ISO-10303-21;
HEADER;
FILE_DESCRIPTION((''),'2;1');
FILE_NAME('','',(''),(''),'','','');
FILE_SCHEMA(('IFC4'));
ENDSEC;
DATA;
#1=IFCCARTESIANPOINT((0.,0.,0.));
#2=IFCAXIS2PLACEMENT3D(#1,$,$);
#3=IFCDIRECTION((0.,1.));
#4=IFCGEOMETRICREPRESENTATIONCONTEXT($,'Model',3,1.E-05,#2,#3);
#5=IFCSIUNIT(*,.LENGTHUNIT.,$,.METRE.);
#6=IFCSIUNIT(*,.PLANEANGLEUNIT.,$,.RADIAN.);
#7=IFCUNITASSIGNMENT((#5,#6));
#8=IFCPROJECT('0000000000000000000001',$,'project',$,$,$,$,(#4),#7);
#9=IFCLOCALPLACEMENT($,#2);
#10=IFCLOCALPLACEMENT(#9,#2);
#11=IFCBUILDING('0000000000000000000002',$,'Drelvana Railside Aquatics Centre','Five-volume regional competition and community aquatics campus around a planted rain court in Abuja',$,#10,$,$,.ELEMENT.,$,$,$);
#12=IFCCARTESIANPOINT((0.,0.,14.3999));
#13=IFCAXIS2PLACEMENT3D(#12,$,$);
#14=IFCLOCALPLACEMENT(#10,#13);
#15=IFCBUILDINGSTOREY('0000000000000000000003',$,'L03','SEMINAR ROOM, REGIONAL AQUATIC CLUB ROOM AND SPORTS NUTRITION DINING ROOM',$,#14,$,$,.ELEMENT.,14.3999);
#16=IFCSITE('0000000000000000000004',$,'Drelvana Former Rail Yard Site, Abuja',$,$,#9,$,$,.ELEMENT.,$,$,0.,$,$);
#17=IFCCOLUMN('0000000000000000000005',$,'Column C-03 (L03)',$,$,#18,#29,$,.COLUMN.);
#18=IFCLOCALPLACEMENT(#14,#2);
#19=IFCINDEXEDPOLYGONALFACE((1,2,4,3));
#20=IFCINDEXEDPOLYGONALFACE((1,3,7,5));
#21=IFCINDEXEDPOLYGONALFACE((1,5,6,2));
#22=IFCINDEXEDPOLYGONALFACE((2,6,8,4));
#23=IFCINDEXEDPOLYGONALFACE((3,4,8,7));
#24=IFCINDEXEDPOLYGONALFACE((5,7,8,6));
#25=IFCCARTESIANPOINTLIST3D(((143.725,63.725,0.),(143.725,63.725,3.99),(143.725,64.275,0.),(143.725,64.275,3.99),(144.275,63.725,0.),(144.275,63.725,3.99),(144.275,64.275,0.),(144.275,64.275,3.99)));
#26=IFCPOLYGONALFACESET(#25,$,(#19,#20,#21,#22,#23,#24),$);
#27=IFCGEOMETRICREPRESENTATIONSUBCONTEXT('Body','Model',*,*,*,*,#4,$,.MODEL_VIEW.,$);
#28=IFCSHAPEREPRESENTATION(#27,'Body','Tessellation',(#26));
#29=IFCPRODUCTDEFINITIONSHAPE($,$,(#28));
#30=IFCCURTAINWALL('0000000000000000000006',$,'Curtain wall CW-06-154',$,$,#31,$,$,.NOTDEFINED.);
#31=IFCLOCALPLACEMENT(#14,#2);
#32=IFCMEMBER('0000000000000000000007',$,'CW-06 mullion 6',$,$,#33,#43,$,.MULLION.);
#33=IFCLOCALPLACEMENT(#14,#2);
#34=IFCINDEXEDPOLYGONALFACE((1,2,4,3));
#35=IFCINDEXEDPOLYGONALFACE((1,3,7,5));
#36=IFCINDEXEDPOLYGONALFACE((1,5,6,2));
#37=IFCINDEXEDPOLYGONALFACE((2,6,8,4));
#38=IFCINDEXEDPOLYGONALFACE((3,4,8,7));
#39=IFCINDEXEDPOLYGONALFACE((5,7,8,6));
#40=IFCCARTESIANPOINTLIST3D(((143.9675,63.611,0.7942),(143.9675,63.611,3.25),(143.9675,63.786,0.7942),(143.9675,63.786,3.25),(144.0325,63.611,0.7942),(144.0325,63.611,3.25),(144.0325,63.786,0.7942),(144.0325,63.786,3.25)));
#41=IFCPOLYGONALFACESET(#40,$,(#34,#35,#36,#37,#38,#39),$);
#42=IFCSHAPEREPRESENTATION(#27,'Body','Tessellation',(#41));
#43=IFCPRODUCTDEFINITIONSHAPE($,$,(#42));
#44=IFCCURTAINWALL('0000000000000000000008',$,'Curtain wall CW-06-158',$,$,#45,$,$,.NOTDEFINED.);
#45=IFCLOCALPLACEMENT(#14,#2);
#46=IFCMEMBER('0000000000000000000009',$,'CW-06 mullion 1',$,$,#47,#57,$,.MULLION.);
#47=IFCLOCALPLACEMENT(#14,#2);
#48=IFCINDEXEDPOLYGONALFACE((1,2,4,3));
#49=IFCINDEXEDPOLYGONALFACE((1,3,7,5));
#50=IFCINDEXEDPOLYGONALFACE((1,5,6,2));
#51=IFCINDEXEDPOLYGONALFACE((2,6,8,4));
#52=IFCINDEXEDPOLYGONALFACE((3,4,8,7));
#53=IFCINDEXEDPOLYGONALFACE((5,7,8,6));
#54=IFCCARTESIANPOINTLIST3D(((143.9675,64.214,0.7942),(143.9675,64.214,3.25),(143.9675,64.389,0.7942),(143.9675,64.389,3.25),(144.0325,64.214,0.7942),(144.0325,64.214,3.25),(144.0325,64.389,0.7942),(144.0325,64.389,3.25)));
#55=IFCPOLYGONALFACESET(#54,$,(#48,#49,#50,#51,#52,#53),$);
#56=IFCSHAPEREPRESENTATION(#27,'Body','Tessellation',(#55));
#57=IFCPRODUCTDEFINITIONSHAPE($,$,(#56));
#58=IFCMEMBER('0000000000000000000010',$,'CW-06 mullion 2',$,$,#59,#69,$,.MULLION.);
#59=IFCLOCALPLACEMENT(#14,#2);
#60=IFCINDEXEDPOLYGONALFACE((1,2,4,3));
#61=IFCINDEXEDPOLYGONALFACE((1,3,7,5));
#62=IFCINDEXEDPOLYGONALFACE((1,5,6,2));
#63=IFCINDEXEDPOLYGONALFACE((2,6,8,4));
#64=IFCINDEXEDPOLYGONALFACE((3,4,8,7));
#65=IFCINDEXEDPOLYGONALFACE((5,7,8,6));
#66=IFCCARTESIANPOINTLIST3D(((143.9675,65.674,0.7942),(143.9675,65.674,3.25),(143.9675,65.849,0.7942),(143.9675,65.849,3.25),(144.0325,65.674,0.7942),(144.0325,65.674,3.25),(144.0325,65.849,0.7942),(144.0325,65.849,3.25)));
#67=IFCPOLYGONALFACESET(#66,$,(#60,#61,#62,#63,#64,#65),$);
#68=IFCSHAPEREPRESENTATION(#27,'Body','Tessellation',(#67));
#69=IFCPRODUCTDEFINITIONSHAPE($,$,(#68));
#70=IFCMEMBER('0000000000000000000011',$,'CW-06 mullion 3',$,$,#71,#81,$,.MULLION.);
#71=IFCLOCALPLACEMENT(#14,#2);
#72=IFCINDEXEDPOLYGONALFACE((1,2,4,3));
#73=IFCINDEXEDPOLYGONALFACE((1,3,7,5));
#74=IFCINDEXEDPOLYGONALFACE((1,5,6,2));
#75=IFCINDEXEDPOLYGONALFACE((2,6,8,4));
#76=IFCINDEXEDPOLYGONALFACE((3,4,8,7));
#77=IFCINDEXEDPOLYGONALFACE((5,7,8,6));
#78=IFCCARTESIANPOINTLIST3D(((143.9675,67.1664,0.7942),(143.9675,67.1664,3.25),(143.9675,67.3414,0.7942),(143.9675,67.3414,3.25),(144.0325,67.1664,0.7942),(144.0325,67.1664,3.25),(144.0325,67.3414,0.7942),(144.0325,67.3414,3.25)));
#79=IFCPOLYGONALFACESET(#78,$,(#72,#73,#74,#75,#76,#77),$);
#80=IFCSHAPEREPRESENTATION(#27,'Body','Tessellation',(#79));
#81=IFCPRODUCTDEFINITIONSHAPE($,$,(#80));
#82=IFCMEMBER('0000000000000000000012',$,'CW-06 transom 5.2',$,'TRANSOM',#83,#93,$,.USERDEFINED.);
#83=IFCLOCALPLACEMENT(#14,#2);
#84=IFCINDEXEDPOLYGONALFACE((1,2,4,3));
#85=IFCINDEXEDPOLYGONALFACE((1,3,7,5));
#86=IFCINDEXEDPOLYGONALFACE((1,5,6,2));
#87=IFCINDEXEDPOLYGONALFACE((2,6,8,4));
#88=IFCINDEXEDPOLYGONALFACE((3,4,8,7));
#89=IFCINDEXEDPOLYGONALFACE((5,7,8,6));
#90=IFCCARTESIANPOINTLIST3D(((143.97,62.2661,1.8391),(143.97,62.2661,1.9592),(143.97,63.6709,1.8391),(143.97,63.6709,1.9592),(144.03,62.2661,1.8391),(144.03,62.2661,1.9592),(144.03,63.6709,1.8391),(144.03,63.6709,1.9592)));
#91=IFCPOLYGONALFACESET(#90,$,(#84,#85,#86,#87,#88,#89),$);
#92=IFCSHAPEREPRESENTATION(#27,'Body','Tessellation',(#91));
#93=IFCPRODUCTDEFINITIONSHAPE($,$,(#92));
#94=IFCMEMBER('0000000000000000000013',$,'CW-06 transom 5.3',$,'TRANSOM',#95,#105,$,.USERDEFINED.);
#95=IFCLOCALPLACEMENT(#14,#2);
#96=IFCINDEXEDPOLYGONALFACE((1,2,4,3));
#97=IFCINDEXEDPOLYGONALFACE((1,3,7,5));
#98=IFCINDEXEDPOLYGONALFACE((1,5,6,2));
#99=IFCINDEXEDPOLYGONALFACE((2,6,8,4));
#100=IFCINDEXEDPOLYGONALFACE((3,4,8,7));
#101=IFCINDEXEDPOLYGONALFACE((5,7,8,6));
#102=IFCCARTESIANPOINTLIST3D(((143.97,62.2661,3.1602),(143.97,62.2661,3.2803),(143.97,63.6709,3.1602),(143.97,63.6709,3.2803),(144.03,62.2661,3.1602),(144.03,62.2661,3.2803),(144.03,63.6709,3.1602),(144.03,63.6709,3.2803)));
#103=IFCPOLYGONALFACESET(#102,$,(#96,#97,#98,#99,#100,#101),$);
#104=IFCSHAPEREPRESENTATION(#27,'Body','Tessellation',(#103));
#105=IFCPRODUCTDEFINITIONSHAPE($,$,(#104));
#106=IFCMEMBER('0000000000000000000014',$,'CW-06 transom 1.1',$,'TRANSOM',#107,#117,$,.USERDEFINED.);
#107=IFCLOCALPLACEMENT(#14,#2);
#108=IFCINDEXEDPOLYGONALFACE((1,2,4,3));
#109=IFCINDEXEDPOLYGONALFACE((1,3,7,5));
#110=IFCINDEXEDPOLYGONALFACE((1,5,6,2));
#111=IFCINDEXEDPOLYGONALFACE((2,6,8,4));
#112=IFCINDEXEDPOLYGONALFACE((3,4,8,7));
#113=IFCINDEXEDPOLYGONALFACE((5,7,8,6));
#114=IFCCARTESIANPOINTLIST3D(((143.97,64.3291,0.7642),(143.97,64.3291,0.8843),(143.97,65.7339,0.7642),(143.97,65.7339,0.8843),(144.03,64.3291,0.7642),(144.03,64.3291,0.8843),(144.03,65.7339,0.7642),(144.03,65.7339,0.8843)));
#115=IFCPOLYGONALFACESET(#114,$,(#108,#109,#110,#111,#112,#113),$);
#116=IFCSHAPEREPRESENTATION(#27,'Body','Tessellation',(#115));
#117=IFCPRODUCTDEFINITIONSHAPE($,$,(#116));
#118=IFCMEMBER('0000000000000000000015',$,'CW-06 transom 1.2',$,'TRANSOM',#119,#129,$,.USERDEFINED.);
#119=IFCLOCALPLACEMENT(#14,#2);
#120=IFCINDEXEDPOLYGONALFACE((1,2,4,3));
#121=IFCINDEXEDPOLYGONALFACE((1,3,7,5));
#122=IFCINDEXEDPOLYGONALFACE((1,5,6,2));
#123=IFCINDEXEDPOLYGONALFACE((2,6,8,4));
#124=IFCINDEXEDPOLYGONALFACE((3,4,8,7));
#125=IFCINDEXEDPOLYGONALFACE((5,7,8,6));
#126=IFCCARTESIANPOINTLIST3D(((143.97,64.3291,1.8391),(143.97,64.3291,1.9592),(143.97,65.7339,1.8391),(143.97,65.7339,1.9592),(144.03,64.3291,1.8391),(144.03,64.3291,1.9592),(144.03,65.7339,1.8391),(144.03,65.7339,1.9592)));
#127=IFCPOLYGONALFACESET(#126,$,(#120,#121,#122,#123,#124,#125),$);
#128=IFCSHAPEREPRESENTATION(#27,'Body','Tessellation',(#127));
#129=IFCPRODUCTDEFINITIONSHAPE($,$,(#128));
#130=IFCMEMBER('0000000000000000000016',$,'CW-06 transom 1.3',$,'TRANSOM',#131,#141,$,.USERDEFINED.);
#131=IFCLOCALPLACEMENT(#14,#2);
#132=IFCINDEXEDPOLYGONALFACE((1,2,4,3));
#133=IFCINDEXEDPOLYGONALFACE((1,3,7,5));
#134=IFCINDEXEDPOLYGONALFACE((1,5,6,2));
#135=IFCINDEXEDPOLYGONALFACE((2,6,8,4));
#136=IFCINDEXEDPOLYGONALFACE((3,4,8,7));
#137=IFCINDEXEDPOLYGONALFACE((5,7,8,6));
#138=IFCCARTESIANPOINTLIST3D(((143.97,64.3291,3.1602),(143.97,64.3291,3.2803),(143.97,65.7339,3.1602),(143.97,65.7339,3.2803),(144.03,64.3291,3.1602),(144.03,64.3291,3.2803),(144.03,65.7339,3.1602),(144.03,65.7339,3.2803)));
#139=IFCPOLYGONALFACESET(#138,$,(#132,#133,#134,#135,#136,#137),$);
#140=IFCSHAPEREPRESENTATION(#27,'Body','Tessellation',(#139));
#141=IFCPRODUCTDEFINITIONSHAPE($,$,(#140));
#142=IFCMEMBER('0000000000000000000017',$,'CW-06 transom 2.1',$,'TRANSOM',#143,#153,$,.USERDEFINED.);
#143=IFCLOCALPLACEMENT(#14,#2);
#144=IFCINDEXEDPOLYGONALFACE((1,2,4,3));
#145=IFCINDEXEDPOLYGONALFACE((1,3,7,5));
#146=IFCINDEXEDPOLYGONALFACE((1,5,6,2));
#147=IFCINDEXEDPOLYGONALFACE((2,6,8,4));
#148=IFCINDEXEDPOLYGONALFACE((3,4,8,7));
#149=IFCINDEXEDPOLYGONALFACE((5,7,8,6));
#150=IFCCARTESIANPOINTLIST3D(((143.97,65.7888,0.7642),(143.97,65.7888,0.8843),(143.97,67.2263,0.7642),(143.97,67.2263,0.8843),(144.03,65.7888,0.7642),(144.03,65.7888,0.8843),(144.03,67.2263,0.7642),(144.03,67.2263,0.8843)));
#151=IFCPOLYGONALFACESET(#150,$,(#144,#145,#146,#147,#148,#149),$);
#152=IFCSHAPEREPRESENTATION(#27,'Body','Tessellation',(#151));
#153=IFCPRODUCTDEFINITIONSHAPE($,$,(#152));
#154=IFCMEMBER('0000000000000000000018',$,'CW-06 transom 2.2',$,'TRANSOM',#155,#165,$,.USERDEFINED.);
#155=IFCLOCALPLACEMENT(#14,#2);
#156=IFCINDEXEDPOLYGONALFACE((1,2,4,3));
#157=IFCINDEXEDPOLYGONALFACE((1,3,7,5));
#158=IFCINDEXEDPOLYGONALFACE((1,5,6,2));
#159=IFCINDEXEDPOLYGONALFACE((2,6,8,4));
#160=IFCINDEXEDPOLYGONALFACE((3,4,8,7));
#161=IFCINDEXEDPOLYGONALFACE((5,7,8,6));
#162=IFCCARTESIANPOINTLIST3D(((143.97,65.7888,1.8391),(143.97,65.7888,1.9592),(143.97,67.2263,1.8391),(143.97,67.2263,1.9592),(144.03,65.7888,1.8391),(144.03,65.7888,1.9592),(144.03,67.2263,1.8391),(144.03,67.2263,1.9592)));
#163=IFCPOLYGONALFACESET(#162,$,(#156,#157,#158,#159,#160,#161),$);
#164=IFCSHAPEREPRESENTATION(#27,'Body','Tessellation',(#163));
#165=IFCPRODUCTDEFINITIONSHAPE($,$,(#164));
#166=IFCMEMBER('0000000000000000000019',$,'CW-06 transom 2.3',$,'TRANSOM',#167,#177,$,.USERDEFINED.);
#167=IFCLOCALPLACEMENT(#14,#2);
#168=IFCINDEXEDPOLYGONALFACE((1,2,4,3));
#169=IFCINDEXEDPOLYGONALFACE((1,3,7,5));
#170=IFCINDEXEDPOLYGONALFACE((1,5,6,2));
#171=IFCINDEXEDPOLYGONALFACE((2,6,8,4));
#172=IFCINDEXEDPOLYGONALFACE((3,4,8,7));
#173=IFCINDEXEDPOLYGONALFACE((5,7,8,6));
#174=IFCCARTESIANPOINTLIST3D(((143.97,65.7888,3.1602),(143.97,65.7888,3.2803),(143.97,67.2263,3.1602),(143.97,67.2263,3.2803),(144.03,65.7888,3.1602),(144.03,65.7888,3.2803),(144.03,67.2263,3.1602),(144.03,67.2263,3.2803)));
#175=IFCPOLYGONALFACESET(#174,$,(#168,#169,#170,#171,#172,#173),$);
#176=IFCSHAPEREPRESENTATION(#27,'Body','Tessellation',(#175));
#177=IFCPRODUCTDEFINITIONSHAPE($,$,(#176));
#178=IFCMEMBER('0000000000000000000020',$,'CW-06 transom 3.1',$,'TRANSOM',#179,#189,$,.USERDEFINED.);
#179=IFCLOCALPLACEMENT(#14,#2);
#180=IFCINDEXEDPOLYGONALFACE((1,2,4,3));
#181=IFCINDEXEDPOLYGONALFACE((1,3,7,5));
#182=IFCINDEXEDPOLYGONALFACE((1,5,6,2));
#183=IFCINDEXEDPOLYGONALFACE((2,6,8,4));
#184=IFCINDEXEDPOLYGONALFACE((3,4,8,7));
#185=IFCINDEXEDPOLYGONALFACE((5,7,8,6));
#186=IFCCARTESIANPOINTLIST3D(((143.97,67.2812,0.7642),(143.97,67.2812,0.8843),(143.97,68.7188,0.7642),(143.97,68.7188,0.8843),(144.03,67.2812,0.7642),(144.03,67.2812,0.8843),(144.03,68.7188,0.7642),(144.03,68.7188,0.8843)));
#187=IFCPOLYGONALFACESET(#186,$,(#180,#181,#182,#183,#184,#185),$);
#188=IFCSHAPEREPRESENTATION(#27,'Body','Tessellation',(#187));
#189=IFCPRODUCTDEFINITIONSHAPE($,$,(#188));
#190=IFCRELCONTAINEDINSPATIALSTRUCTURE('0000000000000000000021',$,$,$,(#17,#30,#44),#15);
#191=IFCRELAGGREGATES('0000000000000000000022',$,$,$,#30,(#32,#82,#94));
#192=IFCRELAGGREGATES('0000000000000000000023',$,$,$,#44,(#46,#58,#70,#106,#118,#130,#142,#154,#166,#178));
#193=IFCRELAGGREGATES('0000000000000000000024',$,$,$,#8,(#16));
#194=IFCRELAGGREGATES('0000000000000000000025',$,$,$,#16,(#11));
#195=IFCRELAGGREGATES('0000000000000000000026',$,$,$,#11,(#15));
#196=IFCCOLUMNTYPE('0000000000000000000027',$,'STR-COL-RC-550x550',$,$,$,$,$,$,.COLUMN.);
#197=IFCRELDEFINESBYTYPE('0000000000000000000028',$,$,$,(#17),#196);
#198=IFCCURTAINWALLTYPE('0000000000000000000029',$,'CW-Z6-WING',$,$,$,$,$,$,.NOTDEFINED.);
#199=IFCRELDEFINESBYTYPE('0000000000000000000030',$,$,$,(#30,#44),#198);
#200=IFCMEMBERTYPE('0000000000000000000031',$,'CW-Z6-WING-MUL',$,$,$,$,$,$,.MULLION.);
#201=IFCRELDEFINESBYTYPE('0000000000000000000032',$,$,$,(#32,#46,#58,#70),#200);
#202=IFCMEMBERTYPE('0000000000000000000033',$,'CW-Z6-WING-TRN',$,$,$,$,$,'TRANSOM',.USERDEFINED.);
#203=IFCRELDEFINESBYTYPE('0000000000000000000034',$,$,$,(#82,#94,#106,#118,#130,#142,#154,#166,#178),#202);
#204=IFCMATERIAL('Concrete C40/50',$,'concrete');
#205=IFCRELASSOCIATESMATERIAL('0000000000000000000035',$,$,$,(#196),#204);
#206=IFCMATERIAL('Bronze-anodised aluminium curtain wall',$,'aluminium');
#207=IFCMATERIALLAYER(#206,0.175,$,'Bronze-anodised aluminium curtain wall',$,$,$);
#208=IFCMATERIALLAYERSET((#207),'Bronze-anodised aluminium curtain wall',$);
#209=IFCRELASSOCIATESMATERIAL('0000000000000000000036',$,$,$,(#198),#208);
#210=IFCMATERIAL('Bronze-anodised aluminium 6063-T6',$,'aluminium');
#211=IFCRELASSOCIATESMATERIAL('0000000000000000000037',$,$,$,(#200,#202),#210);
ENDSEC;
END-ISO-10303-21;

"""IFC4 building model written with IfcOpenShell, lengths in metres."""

from ifc_helpers import new_model, si_unit, direction, frame, origin, origin_2d, place, context, subcontext, project, spatial, rectangle, extrude, material, layer, layer_set, material_profile, profile_set, type_object, element, aggregate, save


model = new_model("IFC4")

# Units and contexts
model_context = context("Model", 3, precision=1e-05, world=origin(), true_north=direction((0.0, 1.0)))
body_context = subcontext(model_context, "Body", "Model", "MODEL_VIEW")
ifc_project = project(units=[si_unit("LENGTHUNIT", "METRE"), si_unit("PLANEANGLEUNIT", "RADIAN")], contexts=[model_context])

# Site, building, storey
site_placement = place(None, origin())
site = spatial("IfcSite", under=ifc_project, at=site_placement, Name="Drelvana Former Rail Yard Site, Abuja", CompositionType="ELEMENT", RefElevation=0.0)
building_placement = place(site_placement, origin())
building = spatial("IfcBuilding", under=site, at=building_placement, Name="Drelvana Railside Aquatics Centre", Description="Five-volume regional competition and community aquatics campus around a planted rain court in Abuja", CompositionType="ELEMENT")
storey_placement = place(building_placement, frame((0.0, 0.0, 14.3999)))
storey = spatial("IfcBuildingStorey", under=building, at=storey_placement, Name="L03", Description="SEMINAR ROOM, REGIONAL AQUATIC CLUB ROOM AND SPORTS NUTRITION DINING ROOM", CompositionType="ELEMENT", Elevation=14.3999)

# Column
ifc_material_1 = material(Name="Concrete C40/50", Category="concrete")
ifc_material_profile_1 = material_profile(ifc_material_1, rectangle(XDim=0.55, YDim=0.55, at=origin_2d()), Name="RC 550x550")
ifc_profile_set_1 = profile_set([ifc_material_profile_1], Name="Concrete C40/50")
column_type = type_object("IfcColumnType", Name="STR-COL-RC-550x550", PredefinedType="COLUMN", material=ifc_profile_set_1)
column_placement = place(storey_placement, frame((144.0, 64.0, 0.0), z_axis=(0.0, 0.0, 1.0), x_axis=(1.0, 0.0, 0.0)))
element("IfcColumn", 1, at=column_placement, inside=storey, type_object=column_type, Name="Column C-03 (L03)", PredefinedType="COLUMN", context=body_context, shape_type="SweptSolid", body=[
    extrude(rectangle(XDim=0.55, YDim=0.55, at=origin_2d()), origin(), (0.0, 0.0, 1.0), 3.99),
])

# Curtain wall, member
ifc_material_2 = material(Name="Bronze-anodised aluminium curtain wall", Category="aluminium")
ifc_layer_1 = layer(ifc_material_2, 0.175, Name="Bronze-anodised aluminium curtain wall")
ifc_layer_set_1 = layer_set([ifc_layer_1], Name="Bronze-anodised aluminium curtain wall")
curtain_wall_type = type_object("IfcCurtainWallType", Name="CW-Z6-WING", PredefinedType="NOTDEFINED", material=ifc_layer_set_1)
curtain_wall_1_placement = place(storey_placement, origin())
curtain_wall_1 = element("IfcCurtainWall", 2, at=curtain_wall_1_placement, inside=storey, type_object=curtain_wall_type, Name="Curtain wall CW-06-154", PredefinedType="NOTDEFINED")
ifc_material_3 = material(Name="Bronze-anodised aluminium 6063-T6", Category="aluminium")
ifc_material_profile_2 = material_profile(ifc_material_3, rectangle(XDim=0.0649, YDim=0.175, at=origin_2d()), Name="ALU-M 65x175")
ifc_profile_set_2 = profile_set([ifc_material_profile_2], Name="Bronze-anodised aluminium 6063-T6")
member_type_1 = type_object("IfcMemberType", Name="CW-Z6-WING-MUL", PredefinedType="MULLION", material=ifc_profile_set_2)
member_1_placement = place(storey_placement, frame((144.0, 63.6985, 0.7942), z_axis=(0.0, 0.0, 1.0), x_axis=(-1.0, 0.0, 0.0)))
member_1 = element("IfcMember", 3, at=member_1_placement, type_object=member_type_1, Name="CW-06 mullion 6", PredefinedType="MULLION", context=body_context, shape_type="SweptSolid", body=[
    extrude(rectangle(XDim=0.0649, YDim=0.175, at=origin_2d()), origin(), (0.0, 0.0, 1.0), 2.4558),
])

# Curtain wall, members
curtain_wall_2_placement = place(storey_placement, origin())
curtain_wall_2 = element("IfcCurtainWall", 4, at=curtain_wall_2_placement, inside=storey, type_object=curtain_wall_type, Name="Curtain wall CW-06-158", PredefinedType="NOTDEFINED")
member_2_placement = place(storey_placement, frame((144.0, 64.3015, 0.7942), z_axis=(0.0, 0.0, 1.0), x_axis=(-1.0, 0.0, 0.0)))
member_2 = element("IfcMember", 5, at=member_2_placement, type_object=member_type_1, Name="CW-06 mullion 1", PredefinedType="MULLION", context=body_context, shape_type="SweptSolid", body=[
    extrude(rectangle(XDim=0.0649, YDim=0.175, at=origin_2d()), origin(), (0.0, 0.0, 1.0), 2.4558),
])
member_3_placement = place(storey_placement, frame((144.0, 65.7615, 0.7942), z_axis=(0.0, 0.0, 1.0), x_axis=(-1.0, 0.0, 0.0)))
member_3 = element("IfcMember", 6, at=member_3_placement, type_object=member_type_1, Name="CW-06 mullion 2", PredefinedType="MULLION", context=body_context, shape_type="SweptSolid", body=[
    extrude(rectangle(XDim=0.0649, YDim=0.175, at=origin_2d()), origin(), (0.0, 0.0, 1.0), 2.4558),
])
member_4_placement = place(storey_placement, frame((144.0, 67.2539, 0.7942), z_axis=(0.0, 0.0, 1.0), x_axis=(-1.0, 0.0, 0.0)))
member_4 = element("IfcMember", 7, at=member_4_placement, type_object=member_type_1, Name="CW-06 mullion 3", PredefinedType="MULLION", context=body_context, shape_type="SweptSolid", body=[
    extrude(rectangle(XDim=0.0649, YDim=0.175, at=origin_2d()), origin(), (0.0, 0.0, 1.0), 2.4558),
])

# Members
ifc_material_profile_3 = material_profile(ifc_material_3, rectangle(XDim=0.1201, YDim=0.0601, at=origin_2d()), Name="ALU-T 60x120")
ifc_profile_set_3 = profile_set([ifc_material_profile_3], Name="Bronze-anodised aluminium 6063-T6")
member_type_2 = type_object("IfcMemberType", Name="CW-Z6-WING-TRN", ElementType="TRANSOM", PredefinedType="USERDEFINED", material=ifc_profile_set_3)
member_5_placement = place(storey_placement, frame((144.0, 62.2661, 1.8992), z_axis=(0.0, 1.0, 0.0), x_axis=(0.0, 0.0, 1.0)))
member_5 = element("IfcMember", 8, at=member_5_placement, type_object=member_type_2, Name="CW-06 transom 5.2", ObjectType="TRANSOM", PredefinedType="USERDEFINED", context=body_context, shape_type="SweptSolid", body=[
    extrude(rectangle(XDim=0.1201, YDim=0.0601, at=origin_2d()), origin(), (0.0, 0.0, 1.0), 1.4048),
])
member_6_placement = place(storey_placement, frame((144.0, 62.2661, 3.2202), z_axis=(0.0, 1.0, 0.0), x_axis=(0.0, 0.0, 1.0)))
member_6 = element("IfcMember", 9, at=member_6_placement, type_object=member_type_2, Name="CW-06 transom 5.3", ObjectType="TRANSOM", PredefinedType="USERDEFINED", context=body_context, shape_type="SweptSolid", body=[
    extrude(rectangle(XDim=0.1201, YDim=0.0601, at=origin_2d()), origin(), (0.0, 0.0, 1.0), 1.4048),
])
member_7_placement = place(storey_placement, frame((144.0, 64.3291, 0.8242), z_axis=(0.0, 1.0, 0.0), x_axis=(0.0, 0.0, 1.0)))
member_7 = element("IfcMember", 10, at=member_7_placement, type_object=member_type_2, Name="CW-06 transom 1.1", ObjectType="TRANSOM", PredefinedType="USERDEFINED", context=body_context, shape_type="SweptSolid", body=[
    extrude(rectangle(XDim=0.1201, YDim=0.0601, at=origin_2d()), origin(), (0.0, 0.0, 1.0), 1.4048),
])
member_8_placement = place(storey_placement, frame((144.0, 64.3291, 1.8992), z_axis=(0.0, 1.0, 0.0), x_axis=(0.0, 0.0, 1.0)))
member_8 = element("IfcMember", 11, at=member_8_placement, type_object=member_type_2, Name="CW-06 transom 1.2", ObjectType="TRANSOM", PredefinedType="USERDEFINED", context=body_context, shape_type="SweptSolid", body=[
    extrude(rectangle(XDim=0.1201, YDim=0.0601, at=origin_2d()), origin(), (0.0, 0.0, 1.0), 1.4048),
])
member_9_placement = place(storey_placement, frame((144.0, 64.3291, 3.2202), z_axis=(0.0, 1.0, 0.0), x_axis=(0.0, 0.0, 1.0)))
member_9 = element("IfcMember", 12, at=member_9_placement, type_object=member_type_2, Name="CW-06 transom 1.3", ObjectType="TRANSOM", PredefinedType="USERDEFINED", context=body_context, shape_type="SweptSolid", body=[
    extrude(rectangle(XDim=0.1201, YDim=0.0601, at=origin_2d()), origin(), (0.0, 0.0, 1.0), 1.4048),
])
member_10_placement = place(storey_placement, frame((144.0, 65.7888, 0.8242), z_axis=(0.0, 1.0, 0.0), x_axis=(0.0, 0.0, 1.0)))
member_10 = element("IfcMember", 13, at=member_10_placement, type_object=member_type_2, Name="CW-06 transom 2.1", ObjectType="TRANSOM", PredefinedType="USERDEFINED", context=body_context, shape_type="SweptSolid", body=[
    extrude(rectangle(XDim=0.1201, YDim=0.0601, at=origin_2d()), origin(), (0.0, 0.0, 1.0), 1.4375),
])
member_11_placement = place(storey_placement, frame((144.0, 65.7888, 1.8992), z_axis=(0.0, 1.0, 0.0), x_axis=(0.0, 0.0, 1.0)))
member_11 = element("IfcMember", 14, at=member_11_placement, type_object=member_type_2, Name="CW-06 transom 2.2", ObjectType="TRANSOM", PredefinedType="USERDEFINED", context=body_context, shape_type="SweptSolid", body=[
    extrude(rectangle(XDim=0.1201, YDim=0.0601, at=origin_2d()), origin(), (0.0, 0.0, 1.0), 1.4375),
])
member_12_placement = place(storey_placement, frame((144.0, 65.7888, 3.2202), z_axis=(0.0, 1.0, 0.0), x_axis=(0.0, 0.0, 1.0)))
member_12 = element("IfcMember", 15, at=member_12_placement, type_object=member_type_2, Name="CW-06 transom 2.3", ObjectType="TRANSOM", PredefinedType="USERDEFINED", context=body_context, shape_type="SweptSolid", body=[
    extrude(rectangle(XDim=0.1201, YDim=0.0601, at=origin_2d()), origin(), (0.0, 0.0, 1.0), 1.4375),
])
member_13_placement = place(storey_placement, frame((144.0, 67.2812, 0.8242), z_axis=(0.0, 1.0, 0.0), x_axis=(0.0, 0.0, 1.0)))
member_13 = element("IfcMember", 16, at=member_13_placement, type_object=member_type_2, Name="CW-06 transom 3.1", ObjectType="TRANSOM", PredefinedType="USERDEFINED", context=body_context, shape_type="SweptSolid", body=[
    extrude(rectangle(XDim=0.1201, YDim=0.0601, at=origin_2d()), origin(), (0.0, 0.0, 1.0), 1.4375),
])

aggregate(curtain_wall_1, [member_1, member_5, member_6])
aggregate(curtain_wall_2, [member_2, member_3, member_4, member_7, member_8, member_9, member_10, member_11, member_12, member_13])

save(model, "model.ifc")
